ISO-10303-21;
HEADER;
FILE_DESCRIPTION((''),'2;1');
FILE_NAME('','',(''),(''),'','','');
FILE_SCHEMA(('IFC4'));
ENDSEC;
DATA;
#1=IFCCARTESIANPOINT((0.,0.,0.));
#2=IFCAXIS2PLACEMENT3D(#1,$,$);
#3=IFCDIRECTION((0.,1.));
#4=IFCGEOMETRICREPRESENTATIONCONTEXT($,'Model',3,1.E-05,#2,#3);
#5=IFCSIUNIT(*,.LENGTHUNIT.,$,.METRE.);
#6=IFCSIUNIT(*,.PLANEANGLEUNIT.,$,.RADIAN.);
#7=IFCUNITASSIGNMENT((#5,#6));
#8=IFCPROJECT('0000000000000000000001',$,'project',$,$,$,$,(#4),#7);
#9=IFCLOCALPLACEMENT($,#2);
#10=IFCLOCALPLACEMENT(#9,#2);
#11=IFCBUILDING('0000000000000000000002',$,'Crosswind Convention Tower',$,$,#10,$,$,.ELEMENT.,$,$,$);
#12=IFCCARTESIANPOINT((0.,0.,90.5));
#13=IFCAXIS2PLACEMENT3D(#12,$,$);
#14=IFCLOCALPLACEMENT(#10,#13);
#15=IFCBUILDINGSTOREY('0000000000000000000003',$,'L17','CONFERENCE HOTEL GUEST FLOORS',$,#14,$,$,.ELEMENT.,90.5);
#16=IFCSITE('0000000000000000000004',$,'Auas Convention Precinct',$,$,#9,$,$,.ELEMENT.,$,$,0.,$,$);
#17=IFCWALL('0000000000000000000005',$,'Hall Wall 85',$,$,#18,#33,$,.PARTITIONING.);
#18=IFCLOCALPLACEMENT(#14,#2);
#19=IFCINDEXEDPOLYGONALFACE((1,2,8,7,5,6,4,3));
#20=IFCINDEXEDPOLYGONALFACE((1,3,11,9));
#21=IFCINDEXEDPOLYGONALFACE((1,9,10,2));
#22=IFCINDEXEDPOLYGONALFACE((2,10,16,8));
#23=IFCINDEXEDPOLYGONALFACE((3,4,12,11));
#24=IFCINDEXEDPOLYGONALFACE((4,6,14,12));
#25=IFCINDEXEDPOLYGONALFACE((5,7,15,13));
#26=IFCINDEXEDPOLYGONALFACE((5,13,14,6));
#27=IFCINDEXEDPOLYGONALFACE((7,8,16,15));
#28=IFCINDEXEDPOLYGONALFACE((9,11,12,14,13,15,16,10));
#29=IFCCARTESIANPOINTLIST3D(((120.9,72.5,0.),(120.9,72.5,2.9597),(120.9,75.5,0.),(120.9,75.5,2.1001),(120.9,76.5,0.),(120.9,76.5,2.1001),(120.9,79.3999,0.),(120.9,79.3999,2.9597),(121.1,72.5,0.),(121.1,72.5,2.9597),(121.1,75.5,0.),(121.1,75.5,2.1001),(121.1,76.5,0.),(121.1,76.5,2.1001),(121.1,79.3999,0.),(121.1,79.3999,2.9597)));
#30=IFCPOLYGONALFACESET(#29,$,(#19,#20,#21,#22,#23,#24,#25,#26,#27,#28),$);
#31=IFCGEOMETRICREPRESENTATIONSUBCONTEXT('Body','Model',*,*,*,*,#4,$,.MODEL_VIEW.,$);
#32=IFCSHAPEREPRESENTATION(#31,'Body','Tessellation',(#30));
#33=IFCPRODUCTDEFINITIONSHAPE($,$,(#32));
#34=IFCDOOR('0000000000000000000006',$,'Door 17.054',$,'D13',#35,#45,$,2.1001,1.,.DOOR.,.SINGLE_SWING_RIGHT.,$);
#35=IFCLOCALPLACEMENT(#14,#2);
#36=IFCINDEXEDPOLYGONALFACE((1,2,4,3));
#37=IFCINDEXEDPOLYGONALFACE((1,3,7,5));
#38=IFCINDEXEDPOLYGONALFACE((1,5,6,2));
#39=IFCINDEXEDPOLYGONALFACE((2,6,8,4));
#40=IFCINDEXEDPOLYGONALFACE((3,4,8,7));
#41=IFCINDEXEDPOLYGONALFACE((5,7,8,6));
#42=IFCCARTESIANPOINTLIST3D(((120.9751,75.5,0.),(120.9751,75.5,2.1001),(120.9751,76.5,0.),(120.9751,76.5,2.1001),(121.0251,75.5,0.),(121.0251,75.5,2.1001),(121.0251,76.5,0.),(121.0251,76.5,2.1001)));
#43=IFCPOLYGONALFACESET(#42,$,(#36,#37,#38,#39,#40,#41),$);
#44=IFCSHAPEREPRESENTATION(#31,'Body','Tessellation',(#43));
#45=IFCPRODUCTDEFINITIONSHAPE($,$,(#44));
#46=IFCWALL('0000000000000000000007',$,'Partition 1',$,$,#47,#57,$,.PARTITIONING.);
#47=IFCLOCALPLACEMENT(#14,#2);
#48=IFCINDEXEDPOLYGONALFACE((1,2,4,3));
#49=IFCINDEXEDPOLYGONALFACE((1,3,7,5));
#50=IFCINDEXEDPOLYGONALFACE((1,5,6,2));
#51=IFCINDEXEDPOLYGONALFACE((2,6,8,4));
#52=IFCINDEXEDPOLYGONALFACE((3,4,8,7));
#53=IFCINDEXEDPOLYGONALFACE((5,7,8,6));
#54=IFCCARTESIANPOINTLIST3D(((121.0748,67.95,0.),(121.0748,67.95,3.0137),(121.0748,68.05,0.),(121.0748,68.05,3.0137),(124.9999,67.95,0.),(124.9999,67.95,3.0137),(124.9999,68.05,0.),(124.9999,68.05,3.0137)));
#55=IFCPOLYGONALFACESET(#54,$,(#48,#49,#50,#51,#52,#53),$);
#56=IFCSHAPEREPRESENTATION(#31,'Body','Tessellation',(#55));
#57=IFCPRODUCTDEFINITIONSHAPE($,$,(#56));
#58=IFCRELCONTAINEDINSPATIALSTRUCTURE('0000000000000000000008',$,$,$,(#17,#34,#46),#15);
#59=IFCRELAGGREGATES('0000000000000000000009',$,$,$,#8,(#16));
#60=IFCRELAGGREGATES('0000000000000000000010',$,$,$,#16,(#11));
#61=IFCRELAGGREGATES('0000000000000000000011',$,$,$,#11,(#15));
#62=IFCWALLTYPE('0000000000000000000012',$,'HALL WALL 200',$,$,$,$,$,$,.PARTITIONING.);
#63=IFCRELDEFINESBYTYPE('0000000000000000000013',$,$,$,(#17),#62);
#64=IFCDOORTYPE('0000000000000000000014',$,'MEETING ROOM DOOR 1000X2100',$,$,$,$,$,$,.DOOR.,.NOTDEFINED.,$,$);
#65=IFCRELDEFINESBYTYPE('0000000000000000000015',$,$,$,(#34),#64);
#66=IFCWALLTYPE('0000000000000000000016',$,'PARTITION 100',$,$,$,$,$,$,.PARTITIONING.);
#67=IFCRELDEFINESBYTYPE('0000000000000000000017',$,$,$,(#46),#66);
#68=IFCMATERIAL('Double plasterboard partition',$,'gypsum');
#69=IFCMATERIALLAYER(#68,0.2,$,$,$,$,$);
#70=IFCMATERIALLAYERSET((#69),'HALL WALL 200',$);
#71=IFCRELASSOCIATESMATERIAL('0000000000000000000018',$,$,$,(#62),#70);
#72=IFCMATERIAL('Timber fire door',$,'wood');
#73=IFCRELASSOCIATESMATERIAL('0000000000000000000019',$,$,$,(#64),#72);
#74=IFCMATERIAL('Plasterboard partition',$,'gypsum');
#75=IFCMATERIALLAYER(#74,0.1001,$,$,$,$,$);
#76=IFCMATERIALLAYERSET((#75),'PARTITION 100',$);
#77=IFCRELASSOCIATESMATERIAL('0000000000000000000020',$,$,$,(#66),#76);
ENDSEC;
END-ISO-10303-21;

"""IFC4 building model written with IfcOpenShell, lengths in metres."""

from ifc_helpers import new_model, si_unit, direction, frame, frame_2d, origin, place, context, subcontext, project, spatial, rectangle, extrude, material, layer, layer_set, type_object, element, fill, save


model = new_model("IFC4")

# Units and contexts
model_context = context("Model", 3, precision=1e-05, world=origin(), true_north=direction((0.0, 1.0)))
body_context = subcontext(model_context, "Body", "Model", "MODEL_VIEW")
ifc_project = project(units=[si_unit("LENGTHUNIT", "METRE"), si_unit("PLANEANGLEUNIT", "RADIAN")], contexts=[model_context])

# Site, building, storey
site_placement = place(None, origin())
site = spatial("IfcSite", under=ifc_project, at=site_placement, Name="Auas Convention Precinct", CompositionType="ELEMENT", RefElevation=0.0)
building_placement = place(site_placement, origin())
building = spatial("IfcBuilding", under=site, at=building_placement, Name="Crosswind Convention Tower", CompositionType="ELEMENT")
storey_placement = place(building_placement, frame((0.0, 0.0, 90.5)))
storey = spatial("IfcBuildingStorey", under=building, at=storey_placement, Name="L17", Description="CONFERENCE HOTEL GUEST FLOORS", CompositionType="ELEMENT", Elevation=90.5)

# Shared definitions
ifc_material_1 = material(Name="Plasterboard partition", Category="gypsum")
ifc_material_2 = material(Name="Timber fire door", Category="wood")

# Shared definitions
ifc_material_3 = material(Name="Double plasterboard partition", Category="gypsum")
ifc_layer_1 = layer(ifc_material_3, 0.2)
ifc_layer_set_1 = layer_set([ifc_layer_1], Name="HALL WALL 200")
wall_type_1 = type_object("IfcWallType", Name="HALL WALL 200", PredefinedType="PARTITIONING", material=ifc_layer_set_1)

# Wall, opening, door
wall_1_placement = place(storey_placement, frame((121.0, 72.5, 0.0), z_axis=(0.0, 0.0, 1.0), x_axis=(0.0, 1.0, 0.0)))
wall_1 = element("IfcWall", 1, at=wall_1_placement, inside=storey, type_object=wall_type_1, Name="Hall Wall 85", PredefinedType="PARTITIONING", context=body_context, shape_type="SweptSolid", body=[
    extrude(rectangle(XDim=6.8999, YDim=0.2, at=frame_2d((3.45, 0.0))), origin(), (0.0, 0.0, 1.0), 2.9597),
])
opening_1_placement = place(wall_1_placement, frame((3.0, 0.0, 0.0)))
opening_1 = element("IfcOpeningElement", 2, at=opening_1_placement, cuts=wall_1, PredefinedType="OPENING", context=body_context, shape_type="SweptSolid", body=[
    extrude(rectangle(XDim=1.0, YDim=2.1001, at=frame_2d((0.5, 1.05))), frame((0.0, 0.1099, 0.0), z_axis=(0.0, -1.0, 0.0), x_axis=(1.0, 0.0, 0.0)), (0.0, 0.0, 1.0), 0.22),
])
door_type_1 = type_object("IfcDoorType", Name="MEETING ROOM DOOR 1000X2100", OperationType="NOTDEFINED", PredefinedType="DOOR", material=ifc_material_2)
door_1_placement = place(opening_1_placement, origin())
door_1 = element("IfcDoor", 3, at=door_1_placement, inside=storey, type_object=door_type_1, Name="Door 17.054", ObjectType="D13", OperationType="SINGLE_SWING_RIGHT", OverallHeight=2.1001, OverallWidth=1.0, PredefinedType="DOOR", context=body_context, shape_type="SweptSolid", body=[
    extrude(rectangle(XDim=1.0, YDim=2.1001, at=frame_2d((0.5, 1.05))), frame((0.0, 0.0249, 0.0), z_axis=(0.0, -1.0, 0.0), x_axis=(1.0, 0.0, 0.0)), (0.0, 0.0, 1.0), 0.05),
])
fill(opening_1, door_1)

# Wall
ifc_layer_2 = layer(ifc_material_1, 0.1001)
ifc_layer_set_2 = layer_set([ifc_layer_2], Name="PARTITION 100")
wall_type_2 = type_object("IfcWallType", Name="PARTITION 100", PredefinedType="PARTITIONING", material=ifc_layer_set_2)
wall_2_placement = place(storey_placement, frame((121.075, 68.0, 0.0), z_axis=(0.0, 0.0, 1.0), x_axis=(1.0, 0.0, 0.0)))
element("IfcWall", 4, at=wall_2_placement, inside=storey, type_object=wall_type_2, Name="Partition 1", PredefinedType="PARTITIONING", context=body_context, shape_type="SweptSolid", body=[
    extrude(rectangle(XDim=3.925, YDim=0.1001, at=frame_2d((1.9624, 0.0))), origin(), (0.0, 0.0, 1.0), 3.0137),
])

save(model, "model.ifc")
